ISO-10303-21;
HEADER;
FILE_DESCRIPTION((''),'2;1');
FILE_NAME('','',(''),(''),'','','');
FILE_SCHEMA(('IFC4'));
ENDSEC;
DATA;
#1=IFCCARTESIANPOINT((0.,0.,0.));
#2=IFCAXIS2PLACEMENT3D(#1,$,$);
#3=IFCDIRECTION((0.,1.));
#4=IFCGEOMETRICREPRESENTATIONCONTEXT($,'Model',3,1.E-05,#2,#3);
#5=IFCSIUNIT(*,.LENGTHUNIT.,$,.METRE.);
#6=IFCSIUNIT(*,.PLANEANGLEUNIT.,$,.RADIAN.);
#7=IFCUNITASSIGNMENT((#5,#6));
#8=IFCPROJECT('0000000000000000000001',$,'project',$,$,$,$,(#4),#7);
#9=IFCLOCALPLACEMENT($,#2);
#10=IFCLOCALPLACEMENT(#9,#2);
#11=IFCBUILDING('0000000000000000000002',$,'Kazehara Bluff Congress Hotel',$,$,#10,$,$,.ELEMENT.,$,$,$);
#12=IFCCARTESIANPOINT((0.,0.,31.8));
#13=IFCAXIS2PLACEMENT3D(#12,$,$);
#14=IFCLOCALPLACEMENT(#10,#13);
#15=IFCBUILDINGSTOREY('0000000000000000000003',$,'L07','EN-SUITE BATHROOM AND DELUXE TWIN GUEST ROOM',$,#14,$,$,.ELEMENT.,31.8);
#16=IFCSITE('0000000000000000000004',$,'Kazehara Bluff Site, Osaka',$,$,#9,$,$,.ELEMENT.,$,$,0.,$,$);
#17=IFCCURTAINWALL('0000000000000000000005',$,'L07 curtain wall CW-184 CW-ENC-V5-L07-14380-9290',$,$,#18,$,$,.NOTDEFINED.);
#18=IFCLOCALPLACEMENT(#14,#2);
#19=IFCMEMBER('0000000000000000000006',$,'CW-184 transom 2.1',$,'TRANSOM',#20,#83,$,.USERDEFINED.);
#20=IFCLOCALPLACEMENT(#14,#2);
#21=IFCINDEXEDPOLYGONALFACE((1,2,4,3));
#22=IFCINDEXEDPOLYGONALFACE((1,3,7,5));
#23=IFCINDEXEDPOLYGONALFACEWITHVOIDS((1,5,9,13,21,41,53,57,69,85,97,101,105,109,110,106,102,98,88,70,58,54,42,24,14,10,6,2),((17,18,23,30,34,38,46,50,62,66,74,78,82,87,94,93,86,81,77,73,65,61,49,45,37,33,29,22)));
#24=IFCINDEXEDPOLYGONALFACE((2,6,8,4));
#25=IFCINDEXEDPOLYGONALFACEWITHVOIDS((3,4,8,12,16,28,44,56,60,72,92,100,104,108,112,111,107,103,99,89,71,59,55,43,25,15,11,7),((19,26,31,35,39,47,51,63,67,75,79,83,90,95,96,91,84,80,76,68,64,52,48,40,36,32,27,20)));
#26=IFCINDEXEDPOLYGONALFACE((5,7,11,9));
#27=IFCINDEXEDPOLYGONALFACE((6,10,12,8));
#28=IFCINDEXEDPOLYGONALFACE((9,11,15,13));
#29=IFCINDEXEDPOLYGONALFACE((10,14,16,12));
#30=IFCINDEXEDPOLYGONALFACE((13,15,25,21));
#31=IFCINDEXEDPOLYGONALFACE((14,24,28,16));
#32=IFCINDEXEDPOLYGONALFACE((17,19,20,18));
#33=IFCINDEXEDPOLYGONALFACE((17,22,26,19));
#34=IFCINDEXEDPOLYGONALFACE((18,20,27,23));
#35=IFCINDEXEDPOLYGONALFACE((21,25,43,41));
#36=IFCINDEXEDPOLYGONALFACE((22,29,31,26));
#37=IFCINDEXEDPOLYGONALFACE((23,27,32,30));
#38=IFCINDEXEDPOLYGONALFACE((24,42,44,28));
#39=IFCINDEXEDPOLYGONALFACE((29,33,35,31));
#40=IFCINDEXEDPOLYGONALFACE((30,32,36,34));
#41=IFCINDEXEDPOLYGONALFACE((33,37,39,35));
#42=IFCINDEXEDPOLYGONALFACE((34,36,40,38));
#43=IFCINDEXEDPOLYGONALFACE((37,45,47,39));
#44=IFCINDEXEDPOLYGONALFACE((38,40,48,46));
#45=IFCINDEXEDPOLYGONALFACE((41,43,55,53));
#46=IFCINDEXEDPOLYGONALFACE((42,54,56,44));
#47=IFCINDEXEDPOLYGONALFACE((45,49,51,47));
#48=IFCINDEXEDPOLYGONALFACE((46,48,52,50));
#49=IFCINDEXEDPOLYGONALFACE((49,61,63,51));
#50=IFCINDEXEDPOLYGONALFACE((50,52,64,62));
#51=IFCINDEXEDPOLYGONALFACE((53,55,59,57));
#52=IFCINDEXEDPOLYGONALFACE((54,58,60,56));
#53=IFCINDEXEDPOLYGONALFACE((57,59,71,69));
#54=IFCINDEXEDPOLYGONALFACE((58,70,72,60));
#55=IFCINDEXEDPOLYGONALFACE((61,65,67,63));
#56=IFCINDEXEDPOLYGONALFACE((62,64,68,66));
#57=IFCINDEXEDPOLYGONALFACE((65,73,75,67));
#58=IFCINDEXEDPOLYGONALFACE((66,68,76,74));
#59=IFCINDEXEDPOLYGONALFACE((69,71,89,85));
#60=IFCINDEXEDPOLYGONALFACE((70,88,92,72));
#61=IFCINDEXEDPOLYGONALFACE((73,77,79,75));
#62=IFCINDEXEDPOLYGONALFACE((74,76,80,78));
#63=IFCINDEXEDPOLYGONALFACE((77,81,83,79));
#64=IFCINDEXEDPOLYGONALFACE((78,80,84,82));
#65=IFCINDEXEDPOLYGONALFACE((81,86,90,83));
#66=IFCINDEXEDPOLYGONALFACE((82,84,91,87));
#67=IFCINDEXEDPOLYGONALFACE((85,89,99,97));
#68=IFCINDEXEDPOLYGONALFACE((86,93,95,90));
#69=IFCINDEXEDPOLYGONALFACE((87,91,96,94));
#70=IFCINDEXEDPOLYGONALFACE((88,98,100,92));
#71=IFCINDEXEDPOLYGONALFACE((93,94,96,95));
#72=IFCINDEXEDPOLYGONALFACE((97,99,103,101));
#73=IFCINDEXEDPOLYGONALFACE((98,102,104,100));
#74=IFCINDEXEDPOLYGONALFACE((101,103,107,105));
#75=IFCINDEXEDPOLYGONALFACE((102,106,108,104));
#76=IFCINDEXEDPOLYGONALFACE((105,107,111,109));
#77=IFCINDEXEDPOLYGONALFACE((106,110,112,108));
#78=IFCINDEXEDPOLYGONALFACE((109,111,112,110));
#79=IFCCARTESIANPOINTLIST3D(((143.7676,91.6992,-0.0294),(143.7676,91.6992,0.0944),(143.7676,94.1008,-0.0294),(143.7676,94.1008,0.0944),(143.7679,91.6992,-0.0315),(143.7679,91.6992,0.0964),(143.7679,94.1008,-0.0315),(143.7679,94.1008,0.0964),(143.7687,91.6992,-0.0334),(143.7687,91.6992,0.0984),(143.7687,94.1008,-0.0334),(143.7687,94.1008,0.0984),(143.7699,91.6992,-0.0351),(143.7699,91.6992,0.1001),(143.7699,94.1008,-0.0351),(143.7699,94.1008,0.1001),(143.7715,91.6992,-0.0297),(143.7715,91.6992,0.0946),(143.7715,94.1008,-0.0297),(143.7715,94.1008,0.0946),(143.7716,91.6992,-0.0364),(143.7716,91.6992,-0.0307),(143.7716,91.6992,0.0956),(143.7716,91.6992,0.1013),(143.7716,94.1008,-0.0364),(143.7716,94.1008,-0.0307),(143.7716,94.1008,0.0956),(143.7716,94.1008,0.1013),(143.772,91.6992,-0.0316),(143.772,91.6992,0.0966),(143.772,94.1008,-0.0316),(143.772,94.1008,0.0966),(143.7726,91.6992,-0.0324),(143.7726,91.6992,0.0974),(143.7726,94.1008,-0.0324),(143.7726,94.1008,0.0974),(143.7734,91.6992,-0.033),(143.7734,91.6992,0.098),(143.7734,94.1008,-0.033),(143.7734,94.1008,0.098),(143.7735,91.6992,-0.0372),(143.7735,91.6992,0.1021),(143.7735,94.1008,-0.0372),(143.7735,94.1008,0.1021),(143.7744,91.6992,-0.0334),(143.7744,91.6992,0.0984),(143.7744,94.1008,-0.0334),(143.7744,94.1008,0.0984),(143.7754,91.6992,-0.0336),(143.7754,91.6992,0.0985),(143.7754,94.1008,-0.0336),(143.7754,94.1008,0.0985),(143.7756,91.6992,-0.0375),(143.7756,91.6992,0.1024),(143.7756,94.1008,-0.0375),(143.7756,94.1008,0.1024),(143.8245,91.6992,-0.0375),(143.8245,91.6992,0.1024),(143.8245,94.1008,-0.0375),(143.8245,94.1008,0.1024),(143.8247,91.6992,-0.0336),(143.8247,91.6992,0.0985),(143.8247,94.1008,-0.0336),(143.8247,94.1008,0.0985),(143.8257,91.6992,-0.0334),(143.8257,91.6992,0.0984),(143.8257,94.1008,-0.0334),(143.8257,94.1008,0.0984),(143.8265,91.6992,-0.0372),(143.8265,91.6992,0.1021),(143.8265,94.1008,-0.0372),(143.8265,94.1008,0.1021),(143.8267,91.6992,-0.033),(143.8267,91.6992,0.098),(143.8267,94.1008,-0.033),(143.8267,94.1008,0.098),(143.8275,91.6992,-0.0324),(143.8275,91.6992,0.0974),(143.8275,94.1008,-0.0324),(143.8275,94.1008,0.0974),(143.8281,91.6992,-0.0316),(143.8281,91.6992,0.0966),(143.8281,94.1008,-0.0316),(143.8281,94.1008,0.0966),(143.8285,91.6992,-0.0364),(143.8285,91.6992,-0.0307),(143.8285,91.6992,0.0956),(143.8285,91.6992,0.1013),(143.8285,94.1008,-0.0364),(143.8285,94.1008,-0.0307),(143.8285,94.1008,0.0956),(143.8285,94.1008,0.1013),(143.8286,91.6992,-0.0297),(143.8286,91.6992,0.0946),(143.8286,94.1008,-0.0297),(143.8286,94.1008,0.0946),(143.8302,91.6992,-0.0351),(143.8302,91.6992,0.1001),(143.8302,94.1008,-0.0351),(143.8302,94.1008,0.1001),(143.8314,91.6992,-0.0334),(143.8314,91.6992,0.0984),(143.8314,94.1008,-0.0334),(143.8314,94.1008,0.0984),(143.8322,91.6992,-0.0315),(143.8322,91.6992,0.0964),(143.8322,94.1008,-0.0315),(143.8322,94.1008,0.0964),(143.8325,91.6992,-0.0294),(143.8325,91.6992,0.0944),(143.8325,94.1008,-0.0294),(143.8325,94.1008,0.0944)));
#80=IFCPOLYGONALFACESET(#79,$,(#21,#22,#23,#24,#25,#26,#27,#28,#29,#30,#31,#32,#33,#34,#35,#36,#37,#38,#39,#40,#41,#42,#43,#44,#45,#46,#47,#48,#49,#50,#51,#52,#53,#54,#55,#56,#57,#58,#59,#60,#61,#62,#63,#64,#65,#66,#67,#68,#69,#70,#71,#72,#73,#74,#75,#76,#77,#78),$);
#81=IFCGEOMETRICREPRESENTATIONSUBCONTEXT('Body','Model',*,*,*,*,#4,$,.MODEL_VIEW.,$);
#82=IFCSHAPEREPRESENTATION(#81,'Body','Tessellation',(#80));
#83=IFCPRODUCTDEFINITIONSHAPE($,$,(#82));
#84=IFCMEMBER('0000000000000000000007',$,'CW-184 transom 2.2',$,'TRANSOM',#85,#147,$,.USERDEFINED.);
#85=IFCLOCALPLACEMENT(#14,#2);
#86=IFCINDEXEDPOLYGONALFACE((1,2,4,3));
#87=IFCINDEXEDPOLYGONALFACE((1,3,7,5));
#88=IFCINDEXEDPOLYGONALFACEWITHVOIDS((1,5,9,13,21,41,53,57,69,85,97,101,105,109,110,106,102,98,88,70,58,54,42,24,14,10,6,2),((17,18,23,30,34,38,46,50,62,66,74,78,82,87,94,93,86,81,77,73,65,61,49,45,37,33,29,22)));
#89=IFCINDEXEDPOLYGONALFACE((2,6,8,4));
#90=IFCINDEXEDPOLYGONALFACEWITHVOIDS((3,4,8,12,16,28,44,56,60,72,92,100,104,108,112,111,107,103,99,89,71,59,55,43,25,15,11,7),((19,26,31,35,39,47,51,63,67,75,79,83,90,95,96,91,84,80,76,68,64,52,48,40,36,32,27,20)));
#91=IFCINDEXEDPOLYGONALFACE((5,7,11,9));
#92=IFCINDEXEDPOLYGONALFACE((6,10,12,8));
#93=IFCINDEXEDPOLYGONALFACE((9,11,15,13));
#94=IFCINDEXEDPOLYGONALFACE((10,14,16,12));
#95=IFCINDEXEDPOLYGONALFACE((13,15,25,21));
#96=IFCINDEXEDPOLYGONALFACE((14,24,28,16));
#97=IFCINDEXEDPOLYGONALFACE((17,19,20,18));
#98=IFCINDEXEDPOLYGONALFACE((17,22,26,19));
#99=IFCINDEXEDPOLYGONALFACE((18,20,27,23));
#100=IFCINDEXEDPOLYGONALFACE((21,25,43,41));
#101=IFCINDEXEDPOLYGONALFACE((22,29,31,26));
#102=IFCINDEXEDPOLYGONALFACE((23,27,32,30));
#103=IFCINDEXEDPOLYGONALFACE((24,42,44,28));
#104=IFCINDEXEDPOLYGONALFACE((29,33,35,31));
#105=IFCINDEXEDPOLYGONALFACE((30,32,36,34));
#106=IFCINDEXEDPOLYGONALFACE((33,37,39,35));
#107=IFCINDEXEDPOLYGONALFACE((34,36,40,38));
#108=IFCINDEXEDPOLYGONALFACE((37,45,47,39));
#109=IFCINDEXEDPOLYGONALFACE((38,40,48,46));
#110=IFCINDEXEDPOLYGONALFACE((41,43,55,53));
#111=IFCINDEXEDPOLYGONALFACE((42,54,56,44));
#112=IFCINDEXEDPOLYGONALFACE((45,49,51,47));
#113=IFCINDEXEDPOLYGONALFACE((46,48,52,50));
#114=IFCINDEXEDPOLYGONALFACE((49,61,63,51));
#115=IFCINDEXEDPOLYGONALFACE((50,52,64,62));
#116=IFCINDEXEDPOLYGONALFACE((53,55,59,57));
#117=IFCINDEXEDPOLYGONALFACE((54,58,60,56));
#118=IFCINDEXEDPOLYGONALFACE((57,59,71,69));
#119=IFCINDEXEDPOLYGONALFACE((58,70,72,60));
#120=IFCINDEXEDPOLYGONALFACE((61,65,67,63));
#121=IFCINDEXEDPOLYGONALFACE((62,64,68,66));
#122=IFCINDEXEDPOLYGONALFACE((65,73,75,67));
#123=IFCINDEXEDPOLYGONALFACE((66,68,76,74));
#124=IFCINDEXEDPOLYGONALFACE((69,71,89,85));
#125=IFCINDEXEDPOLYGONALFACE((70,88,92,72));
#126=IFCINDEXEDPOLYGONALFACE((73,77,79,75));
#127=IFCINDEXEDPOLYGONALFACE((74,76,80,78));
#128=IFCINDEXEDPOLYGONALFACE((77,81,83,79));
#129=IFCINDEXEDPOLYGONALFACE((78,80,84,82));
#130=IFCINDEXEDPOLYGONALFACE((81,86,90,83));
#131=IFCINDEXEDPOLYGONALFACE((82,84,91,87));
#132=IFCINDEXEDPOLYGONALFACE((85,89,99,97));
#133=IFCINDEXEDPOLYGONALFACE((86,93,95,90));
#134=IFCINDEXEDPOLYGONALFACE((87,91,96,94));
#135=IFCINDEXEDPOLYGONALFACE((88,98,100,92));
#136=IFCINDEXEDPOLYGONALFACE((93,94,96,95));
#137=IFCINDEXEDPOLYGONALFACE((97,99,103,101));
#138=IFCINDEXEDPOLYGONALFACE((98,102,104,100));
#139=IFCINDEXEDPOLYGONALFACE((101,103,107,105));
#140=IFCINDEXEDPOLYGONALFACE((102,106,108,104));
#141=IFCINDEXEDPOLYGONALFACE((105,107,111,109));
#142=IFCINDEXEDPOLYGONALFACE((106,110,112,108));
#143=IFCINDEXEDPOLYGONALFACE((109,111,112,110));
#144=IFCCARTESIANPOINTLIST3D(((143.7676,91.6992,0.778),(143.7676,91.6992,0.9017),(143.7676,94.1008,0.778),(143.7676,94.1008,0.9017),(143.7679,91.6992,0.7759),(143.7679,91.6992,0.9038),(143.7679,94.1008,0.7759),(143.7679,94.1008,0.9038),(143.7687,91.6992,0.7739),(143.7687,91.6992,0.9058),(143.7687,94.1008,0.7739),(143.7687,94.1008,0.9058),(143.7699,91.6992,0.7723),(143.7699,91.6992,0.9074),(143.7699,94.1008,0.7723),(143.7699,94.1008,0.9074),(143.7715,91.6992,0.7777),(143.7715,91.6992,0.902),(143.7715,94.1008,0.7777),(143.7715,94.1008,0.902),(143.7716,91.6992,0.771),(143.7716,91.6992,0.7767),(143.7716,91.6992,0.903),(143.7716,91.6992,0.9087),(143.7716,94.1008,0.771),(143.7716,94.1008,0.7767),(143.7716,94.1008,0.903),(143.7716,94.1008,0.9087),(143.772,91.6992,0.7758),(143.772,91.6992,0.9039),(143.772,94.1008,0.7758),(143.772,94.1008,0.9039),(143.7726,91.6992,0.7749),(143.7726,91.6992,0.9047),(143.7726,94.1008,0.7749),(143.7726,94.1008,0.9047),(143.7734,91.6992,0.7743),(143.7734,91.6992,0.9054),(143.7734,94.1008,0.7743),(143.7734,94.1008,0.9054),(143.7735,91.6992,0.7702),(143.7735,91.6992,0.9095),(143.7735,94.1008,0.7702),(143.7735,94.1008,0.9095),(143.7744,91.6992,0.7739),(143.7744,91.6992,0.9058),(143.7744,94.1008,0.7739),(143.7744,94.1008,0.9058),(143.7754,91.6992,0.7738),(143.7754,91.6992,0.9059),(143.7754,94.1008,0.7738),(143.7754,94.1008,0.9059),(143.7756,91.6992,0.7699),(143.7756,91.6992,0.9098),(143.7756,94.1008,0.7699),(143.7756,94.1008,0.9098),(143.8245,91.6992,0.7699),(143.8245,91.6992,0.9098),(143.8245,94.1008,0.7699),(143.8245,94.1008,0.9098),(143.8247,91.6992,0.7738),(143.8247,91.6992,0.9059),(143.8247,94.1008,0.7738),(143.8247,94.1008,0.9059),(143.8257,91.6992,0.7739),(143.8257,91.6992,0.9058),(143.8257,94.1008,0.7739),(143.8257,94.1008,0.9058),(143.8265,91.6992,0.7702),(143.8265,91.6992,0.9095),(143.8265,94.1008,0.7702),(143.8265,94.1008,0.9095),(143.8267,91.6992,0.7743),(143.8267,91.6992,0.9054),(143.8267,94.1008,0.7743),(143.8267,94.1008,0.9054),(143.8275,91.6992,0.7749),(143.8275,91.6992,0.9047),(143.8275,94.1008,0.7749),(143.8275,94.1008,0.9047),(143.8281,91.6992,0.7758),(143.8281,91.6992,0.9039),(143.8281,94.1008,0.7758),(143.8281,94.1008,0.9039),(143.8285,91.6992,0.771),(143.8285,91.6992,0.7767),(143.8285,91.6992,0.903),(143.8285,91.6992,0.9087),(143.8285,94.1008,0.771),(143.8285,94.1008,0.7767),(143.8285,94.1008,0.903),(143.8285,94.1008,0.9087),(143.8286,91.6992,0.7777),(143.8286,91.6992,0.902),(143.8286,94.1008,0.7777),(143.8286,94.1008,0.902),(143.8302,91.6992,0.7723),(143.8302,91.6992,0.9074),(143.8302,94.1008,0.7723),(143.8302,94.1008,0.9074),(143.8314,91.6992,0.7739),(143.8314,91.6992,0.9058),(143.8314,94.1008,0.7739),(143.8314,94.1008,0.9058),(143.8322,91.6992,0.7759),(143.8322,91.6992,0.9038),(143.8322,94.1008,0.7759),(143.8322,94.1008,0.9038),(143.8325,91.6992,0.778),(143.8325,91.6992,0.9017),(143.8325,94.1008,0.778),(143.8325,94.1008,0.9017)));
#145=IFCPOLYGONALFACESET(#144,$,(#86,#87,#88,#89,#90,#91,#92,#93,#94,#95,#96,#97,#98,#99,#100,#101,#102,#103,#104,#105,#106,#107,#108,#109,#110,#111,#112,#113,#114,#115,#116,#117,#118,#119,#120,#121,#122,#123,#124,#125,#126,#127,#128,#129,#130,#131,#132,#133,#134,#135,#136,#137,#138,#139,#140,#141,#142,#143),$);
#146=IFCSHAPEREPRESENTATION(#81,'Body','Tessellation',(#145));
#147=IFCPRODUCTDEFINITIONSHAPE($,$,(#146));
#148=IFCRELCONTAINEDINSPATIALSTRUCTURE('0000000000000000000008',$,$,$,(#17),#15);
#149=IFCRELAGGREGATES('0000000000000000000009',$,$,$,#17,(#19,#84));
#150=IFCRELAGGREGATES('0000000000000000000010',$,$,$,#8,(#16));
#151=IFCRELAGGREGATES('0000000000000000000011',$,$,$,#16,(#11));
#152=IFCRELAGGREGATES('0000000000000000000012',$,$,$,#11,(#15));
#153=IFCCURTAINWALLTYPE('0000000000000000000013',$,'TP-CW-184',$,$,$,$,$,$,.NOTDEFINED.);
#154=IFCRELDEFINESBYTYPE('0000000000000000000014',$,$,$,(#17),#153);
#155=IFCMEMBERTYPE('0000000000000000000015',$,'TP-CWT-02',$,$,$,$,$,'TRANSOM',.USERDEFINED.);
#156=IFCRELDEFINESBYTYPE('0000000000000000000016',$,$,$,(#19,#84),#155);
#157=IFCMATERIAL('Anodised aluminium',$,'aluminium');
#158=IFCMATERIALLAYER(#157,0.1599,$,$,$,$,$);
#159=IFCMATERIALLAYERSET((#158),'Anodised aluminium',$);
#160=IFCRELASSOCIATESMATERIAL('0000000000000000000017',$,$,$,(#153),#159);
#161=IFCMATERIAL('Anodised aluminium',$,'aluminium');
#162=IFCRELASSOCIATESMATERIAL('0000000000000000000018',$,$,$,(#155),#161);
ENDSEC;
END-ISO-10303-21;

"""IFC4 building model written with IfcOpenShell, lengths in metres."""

from ifc_helpers import new_model, si_unit, direction, frame, origin, origin_2d, place, context, subcontext, project, spatial, hollow_rectangle, extrude, material, layer, layer_set, material_profile, profile_set, type_object, element, aggregate, save


model = new_model("IFC4")

# Units and contexts
model_context = context("Model", 3, precision=1e-05, world=origin(), true_north=direction((0.0, 1.0)))
body_context = subcontext(model_context, "Body", "Model", "MODEL_VIEW")
ifc_project = project(units=[si_unit("LENGTHUNIT", "METRE"), si_unit("PLANEANGLEUNIT", "RADIAN")], contexts=[model_context])

# Site, building, storey
site_placement = place(None, origin())
site = spatial("IfcSite", under=ifc_project, at=site_placement, Name="Kazehara Bluff Site, Osaka", CompositionType="ELEMENT", RefElevation=0.0)
building_placement = place(site_placement, origin())
building = spatial("IfcBuilding", under=site, at=building_placement, Name="Kazehara Bluff Congress Hotel", CompositionType="ELEMENT")
storey_placement = place(building_placement, frame((0.0, 0.0, 31.8)))
storey = spatial("IfcBuildingStorey", under=building, at=storey_placement, Name="L07", Description="EN-SUITE BATHROOM AND DELUXE TWIN GUEST ROOM", CompositionType="ELEMENT", Elevation=31.8)

# Curtain wall
ifc_material_1 = material(Name="Anodised aluminium", Category="aluminium")
ifc_layer_1 = layer(ifc_material_1, 0.1599)
ifc_layer_set_1 = layer_set([ifc_layer_1], Name="Anodised aluminium")
curtain_wall_type_1 = type_object("IfcCurtainWallType", Name="TP-CW-184", PredefinedType="NOTDEFINED", material=ifc_layer_set_1)
curtain_wall_1_placement = place(storey_placement, origin())
curtain_wall_1 = element("IfcCurtainWall", 1, at=curtain_wall_1_placement, inside=storey, type_object=curtain_wall_type_1, Name="L07 curtain wall CW-184 CW-ENC-V5-L07-14380-9290", PredefinedType="NOTDEFINED")

# Members
ifc_material_2 = material(Name="Anodised aluminium", Category="aluminium")
ifc_material_profile_1 = material_profile(ifc_material_2, hollow_rectangle(XDim=0.0649, YDim=0.1399, WallThickness=0.0039, InnerFilletRadius=0.0039, OuterFilletRadius=0.0081, at=origin_2d()))
ifc_profile_set_1 = profile_set([ifc_material_profile_1], Name="Anodised aluminium")
member_type_1 = type_object("IfcMemberType", Name="TP-CWT-02", ElementType="TRANSOM", PredefinedType="USERDEFINED", material=ifc_profile_set_1)
member_1_placement = place(storey_placement, frame((143.8, 91.6992, 0.0325), z_axis=(0.0, 1.0, 0.0), x_axis=(-1.0, 0.0, 0.0)))
member_1 = element("IfcMember", 2, at=member_1_placement, type_object=member_type_1, Name="CW-184 transom 2.1", ObjectType="TRANSOM", PredefinedType="USERDEFINED", context=body_context, shape_type="SweptSolid", body=[
    extrude(hollow_rectangle(XDim=0.0649, YDim=0.1399, WallThickness=0.0039, InnerFilletRadius=0.0039, OuterFilletRadius=0.0081, at=origin_2d()), origin(), (0.0, 0.0, 1.0), 2.4016),
])
member_2_placement = place(storey_placement, frame((143.8, 91.6992, 0.8398), z_axis=(0.0, 1.0, 0.0), x_axis=(-1.0, 0.0, 0.0)))
member_2 = element("IfcMember", 3, at=member_2_placement, type_object=member_type_1, Name="CW-184 transom 2.2", ObjectType="TRANSOM", PredefinedType="USERDEFINED", context=body_context, shape_type="SweptSolid", body=[
    extrude(hollow_rectangle(XDim=0.0649, YDim=0.1399, WallThickness=0.0039, InnerFilletRadius=0.0039, OuterFilletRadius=0.0081, at=origin_2d()), origin(), (0.0, 0.0, 1.0), 2.4016),
])

aggregate(curtain_wall_1, [member_1, member_2])

save(model, "model.ifc")
